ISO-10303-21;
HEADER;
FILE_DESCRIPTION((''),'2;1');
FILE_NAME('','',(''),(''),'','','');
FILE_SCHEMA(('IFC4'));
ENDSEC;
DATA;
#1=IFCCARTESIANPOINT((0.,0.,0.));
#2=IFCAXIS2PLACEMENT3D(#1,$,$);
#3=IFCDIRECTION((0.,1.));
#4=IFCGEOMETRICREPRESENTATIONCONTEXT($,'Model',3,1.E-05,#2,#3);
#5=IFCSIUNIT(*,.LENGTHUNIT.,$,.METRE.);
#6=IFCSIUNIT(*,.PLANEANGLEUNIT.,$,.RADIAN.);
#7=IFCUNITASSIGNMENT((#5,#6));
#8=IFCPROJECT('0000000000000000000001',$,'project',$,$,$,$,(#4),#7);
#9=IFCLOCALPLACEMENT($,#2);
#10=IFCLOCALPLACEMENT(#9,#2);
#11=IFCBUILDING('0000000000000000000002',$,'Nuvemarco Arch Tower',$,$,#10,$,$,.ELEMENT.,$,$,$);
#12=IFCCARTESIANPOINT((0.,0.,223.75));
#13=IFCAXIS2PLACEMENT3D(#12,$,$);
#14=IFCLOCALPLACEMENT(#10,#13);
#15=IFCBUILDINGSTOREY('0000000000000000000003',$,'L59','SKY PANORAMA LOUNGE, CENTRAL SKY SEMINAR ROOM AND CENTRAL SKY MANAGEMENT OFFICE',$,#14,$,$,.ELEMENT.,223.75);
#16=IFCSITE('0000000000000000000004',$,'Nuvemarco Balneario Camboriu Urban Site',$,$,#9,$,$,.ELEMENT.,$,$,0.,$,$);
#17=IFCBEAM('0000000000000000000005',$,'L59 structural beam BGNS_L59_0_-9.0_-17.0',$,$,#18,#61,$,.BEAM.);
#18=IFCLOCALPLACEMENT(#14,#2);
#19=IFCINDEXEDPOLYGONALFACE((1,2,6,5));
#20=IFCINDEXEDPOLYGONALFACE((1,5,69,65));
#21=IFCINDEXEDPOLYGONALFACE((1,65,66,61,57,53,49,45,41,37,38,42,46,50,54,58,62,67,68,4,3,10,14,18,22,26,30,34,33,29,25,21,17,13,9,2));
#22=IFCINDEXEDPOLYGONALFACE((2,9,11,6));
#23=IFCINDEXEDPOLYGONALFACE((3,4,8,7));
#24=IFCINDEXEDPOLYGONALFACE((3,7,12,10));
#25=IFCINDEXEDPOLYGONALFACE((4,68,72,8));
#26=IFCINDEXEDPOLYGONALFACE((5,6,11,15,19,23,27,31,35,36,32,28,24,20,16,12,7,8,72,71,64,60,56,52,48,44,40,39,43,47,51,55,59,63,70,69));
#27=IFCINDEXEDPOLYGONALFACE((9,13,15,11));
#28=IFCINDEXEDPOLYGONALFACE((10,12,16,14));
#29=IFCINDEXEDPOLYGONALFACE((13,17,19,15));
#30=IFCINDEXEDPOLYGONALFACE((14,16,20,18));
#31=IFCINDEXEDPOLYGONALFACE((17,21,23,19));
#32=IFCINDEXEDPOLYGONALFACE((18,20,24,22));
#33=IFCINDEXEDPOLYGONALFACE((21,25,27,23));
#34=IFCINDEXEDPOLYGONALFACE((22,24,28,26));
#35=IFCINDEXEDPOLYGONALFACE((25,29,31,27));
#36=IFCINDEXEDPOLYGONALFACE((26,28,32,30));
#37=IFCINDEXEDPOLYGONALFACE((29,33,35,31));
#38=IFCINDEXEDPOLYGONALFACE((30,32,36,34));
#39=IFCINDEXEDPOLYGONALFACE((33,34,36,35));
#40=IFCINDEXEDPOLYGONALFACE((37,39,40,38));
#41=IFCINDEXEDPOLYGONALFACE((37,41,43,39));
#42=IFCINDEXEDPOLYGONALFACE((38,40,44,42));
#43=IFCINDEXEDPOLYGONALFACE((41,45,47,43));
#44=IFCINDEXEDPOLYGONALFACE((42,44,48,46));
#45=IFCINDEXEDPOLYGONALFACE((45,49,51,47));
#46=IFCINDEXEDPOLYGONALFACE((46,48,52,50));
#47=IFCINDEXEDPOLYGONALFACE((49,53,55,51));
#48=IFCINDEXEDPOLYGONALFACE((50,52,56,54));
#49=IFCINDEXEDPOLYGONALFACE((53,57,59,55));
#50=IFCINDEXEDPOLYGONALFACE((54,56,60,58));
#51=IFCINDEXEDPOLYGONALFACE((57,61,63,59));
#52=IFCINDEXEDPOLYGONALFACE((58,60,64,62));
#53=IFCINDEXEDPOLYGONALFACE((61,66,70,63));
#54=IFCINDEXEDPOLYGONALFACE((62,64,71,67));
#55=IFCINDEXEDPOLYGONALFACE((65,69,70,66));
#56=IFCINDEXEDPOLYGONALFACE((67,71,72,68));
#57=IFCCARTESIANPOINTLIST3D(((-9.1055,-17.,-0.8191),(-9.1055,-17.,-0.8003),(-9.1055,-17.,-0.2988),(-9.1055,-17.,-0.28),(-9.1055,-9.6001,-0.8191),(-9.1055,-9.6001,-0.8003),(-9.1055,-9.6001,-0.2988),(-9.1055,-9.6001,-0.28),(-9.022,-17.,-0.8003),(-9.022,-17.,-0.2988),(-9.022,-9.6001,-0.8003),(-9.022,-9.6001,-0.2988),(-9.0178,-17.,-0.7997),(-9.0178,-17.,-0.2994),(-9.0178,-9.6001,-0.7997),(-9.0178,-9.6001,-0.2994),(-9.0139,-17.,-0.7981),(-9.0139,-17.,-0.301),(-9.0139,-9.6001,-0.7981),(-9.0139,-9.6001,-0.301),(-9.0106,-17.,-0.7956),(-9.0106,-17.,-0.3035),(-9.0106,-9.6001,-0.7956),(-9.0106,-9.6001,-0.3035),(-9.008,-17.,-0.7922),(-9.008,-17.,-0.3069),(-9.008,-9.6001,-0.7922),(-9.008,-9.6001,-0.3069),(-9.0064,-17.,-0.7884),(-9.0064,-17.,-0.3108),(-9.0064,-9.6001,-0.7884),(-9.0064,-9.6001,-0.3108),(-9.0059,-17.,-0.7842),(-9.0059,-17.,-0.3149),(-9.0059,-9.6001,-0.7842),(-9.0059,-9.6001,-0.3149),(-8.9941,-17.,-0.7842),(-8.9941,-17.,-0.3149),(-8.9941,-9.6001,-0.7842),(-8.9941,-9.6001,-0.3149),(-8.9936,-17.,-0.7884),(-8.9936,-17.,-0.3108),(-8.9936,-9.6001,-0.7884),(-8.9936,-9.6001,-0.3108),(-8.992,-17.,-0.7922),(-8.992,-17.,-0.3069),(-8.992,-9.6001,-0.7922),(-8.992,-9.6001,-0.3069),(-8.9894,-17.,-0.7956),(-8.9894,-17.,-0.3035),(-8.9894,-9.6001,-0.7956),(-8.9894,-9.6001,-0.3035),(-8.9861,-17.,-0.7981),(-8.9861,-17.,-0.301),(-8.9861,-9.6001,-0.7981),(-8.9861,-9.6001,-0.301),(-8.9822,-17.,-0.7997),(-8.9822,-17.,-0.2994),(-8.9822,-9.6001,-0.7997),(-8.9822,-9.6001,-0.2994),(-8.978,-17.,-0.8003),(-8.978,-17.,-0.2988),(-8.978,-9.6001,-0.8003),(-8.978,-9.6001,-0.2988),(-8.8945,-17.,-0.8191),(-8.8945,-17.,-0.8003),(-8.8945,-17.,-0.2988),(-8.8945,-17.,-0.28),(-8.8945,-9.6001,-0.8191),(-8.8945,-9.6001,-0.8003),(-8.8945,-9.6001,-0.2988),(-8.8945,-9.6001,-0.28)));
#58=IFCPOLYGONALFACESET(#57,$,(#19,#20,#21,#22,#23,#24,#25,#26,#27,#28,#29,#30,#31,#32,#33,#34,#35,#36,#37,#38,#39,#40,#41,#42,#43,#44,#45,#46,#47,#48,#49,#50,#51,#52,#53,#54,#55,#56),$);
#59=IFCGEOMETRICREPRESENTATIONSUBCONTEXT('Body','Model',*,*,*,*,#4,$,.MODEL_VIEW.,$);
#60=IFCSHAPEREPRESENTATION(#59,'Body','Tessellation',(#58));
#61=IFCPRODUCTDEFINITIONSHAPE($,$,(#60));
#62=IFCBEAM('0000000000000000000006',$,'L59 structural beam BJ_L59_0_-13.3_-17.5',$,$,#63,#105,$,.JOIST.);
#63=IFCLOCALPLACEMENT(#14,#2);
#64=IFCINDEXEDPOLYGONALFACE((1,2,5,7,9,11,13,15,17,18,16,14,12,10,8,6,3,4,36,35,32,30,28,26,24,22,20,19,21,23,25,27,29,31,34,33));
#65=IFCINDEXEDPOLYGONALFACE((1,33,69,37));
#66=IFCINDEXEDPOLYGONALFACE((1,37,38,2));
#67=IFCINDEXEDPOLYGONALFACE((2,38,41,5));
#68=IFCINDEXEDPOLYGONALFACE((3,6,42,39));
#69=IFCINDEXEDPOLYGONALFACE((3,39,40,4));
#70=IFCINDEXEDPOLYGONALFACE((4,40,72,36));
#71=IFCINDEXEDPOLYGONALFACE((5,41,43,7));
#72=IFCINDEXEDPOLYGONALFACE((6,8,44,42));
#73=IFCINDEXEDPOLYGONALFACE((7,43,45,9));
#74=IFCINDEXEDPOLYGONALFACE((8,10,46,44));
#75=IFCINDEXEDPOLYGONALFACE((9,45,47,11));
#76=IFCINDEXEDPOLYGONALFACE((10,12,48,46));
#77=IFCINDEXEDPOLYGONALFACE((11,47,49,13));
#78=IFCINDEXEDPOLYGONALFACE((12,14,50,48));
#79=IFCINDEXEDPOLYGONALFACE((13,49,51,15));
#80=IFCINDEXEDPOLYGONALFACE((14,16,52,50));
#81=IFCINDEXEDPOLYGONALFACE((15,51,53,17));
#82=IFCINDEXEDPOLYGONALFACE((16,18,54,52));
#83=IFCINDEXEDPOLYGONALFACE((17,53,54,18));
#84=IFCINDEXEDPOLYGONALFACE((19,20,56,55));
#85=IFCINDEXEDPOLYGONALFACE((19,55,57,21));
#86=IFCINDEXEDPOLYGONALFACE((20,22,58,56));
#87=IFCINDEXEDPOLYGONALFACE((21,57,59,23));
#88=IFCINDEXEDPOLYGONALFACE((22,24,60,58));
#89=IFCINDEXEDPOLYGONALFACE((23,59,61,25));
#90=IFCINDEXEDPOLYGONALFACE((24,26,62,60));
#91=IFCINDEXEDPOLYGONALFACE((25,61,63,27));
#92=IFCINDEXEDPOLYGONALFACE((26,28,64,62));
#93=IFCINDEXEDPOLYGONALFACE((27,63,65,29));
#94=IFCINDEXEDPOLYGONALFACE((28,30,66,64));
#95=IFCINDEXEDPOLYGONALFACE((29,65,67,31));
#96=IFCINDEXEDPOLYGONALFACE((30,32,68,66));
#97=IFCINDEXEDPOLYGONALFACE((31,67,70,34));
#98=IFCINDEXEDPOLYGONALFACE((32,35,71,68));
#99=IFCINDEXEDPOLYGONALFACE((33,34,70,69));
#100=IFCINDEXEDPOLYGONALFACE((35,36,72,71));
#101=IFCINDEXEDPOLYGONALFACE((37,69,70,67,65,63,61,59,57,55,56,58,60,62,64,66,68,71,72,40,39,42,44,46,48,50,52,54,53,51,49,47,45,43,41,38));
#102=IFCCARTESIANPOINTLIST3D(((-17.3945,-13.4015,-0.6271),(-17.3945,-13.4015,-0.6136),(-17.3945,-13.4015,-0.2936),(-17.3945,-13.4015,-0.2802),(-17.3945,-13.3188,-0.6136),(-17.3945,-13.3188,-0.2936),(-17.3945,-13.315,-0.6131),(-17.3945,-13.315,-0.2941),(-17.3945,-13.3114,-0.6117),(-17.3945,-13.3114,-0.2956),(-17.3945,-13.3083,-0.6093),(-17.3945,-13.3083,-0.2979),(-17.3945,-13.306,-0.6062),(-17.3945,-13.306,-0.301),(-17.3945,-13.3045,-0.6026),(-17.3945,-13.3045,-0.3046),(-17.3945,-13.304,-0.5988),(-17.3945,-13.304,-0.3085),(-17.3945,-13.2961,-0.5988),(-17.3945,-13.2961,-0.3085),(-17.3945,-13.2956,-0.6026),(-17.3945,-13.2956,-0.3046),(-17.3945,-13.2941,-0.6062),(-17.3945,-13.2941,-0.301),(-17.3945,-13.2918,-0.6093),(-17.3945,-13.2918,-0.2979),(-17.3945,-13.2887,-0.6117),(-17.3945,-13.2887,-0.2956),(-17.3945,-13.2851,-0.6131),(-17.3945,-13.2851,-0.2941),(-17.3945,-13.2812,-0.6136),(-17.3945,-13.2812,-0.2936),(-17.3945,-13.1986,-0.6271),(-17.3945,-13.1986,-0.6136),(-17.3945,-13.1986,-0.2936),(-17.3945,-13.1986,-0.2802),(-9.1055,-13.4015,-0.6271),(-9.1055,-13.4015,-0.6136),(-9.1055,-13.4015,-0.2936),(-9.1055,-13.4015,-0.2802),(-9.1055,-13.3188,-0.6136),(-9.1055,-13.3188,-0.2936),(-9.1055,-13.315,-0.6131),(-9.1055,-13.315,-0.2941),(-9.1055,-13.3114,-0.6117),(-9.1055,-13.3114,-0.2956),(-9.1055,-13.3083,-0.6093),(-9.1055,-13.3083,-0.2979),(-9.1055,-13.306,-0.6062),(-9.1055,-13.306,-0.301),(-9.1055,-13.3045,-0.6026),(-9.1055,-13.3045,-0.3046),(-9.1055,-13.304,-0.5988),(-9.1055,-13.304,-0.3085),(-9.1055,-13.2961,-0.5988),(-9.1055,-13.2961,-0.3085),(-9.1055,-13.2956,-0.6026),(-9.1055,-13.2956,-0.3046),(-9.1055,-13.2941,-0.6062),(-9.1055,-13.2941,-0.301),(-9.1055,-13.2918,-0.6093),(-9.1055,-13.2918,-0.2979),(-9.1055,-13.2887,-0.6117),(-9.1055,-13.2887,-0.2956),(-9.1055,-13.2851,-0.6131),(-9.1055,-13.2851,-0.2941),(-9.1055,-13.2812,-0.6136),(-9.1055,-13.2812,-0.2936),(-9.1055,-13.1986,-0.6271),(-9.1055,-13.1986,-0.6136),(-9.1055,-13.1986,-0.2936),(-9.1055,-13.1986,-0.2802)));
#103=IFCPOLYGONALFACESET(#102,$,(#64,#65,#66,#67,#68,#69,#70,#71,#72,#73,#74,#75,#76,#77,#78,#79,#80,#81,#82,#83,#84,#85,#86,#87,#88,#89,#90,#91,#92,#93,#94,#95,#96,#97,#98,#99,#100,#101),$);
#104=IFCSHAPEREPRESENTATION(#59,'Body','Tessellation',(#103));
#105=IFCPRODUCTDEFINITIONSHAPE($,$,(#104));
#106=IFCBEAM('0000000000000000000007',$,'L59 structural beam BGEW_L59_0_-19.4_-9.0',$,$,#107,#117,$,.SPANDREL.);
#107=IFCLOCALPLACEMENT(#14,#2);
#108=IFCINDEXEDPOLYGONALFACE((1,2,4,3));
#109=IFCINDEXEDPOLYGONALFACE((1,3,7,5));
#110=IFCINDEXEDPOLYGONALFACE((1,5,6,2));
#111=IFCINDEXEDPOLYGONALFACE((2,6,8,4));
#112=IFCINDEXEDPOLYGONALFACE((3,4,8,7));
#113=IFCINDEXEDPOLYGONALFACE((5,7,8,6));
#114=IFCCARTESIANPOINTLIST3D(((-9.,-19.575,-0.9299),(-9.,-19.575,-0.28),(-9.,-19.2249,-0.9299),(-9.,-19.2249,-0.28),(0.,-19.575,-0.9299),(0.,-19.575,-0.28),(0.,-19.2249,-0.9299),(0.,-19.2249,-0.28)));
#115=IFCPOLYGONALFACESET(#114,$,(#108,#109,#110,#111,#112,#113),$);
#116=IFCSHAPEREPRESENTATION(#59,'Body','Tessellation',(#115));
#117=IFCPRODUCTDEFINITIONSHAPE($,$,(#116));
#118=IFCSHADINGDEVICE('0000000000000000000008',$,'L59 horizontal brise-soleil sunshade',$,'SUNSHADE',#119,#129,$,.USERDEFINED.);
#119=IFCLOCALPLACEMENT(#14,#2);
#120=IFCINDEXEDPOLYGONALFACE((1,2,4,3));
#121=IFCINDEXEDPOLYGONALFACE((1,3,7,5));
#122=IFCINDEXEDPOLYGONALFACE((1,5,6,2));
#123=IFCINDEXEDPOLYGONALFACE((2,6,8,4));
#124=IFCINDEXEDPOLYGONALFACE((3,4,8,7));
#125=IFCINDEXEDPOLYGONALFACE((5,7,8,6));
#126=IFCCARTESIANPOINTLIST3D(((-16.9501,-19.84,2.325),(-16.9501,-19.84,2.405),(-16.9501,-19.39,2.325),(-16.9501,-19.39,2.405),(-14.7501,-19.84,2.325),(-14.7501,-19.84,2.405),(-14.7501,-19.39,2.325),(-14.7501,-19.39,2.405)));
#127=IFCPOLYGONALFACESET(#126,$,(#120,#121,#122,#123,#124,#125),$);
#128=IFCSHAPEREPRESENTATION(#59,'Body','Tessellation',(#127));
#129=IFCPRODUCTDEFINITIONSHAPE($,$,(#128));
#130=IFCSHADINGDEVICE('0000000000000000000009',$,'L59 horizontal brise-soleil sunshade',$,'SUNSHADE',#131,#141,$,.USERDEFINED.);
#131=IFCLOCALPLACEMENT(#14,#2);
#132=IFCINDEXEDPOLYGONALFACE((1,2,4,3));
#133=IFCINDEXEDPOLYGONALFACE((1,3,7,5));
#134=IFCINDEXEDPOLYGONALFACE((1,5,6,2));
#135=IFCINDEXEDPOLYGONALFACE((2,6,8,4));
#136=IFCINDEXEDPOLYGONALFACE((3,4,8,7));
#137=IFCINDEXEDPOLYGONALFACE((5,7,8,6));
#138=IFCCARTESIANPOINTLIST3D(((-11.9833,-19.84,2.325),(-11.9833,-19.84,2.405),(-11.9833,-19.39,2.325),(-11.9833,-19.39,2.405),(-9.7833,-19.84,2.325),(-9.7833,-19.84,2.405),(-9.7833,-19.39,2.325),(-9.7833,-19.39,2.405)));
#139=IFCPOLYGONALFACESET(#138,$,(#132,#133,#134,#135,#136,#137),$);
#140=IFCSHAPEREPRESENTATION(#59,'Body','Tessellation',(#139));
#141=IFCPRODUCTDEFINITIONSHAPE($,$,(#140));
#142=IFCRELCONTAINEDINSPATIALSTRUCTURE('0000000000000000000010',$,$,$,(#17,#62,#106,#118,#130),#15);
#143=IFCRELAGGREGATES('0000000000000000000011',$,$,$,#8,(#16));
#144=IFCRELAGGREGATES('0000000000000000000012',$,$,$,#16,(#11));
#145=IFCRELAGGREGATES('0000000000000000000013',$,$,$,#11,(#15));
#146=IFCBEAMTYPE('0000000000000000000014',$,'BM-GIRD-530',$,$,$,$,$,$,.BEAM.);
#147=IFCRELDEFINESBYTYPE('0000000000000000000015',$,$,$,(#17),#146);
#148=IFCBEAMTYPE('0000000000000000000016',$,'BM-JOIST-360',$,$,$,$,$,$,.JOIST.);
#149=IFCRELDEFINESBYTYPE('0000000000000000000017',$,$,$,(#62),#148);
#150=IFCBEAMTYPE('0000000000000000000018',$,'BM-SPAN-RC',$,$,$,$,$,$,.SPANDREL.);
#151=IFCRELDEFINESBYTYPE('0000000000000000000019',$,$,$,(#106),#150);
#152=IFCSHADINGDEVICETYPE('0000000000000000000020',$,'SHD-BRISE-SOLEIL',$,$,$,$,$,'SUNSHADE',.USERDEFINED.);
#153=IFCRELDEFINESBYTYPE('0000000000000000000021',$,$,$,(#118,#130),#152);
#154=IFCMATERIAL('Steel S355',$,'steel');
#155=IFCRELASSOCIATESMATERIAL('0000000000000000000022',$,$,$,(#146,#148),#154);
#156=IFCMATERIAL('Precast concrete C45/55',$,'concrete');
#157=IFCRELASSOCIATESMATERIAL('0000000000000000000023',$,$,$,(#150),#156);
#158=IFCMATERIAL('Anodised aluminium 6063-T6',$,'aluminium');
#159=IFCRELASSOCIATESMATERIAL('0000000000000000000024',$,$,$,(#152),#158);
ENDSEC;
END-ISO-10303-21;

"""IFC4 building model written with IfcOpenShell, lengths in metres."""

from ifc_helpers import new_model, si_unit, direction, frame, origin, origin_2d, place, context, subcontext, project, spatial, rectangle, i_section, extrude, source, transform, mapped, material, material_profile, profile_set, type_object, type_shapes, element, save


model = new_model("IFC4")

# Units and contexts
model_context = context("Model", 3, precision=1e-05, world=origin(), true_north=direction((0.0, 1.0)))
body_context = subcontext(model_context, "Body", "Model", "MODEL_VIEW")
ifc_project = project(units=[si_unit("LENGTHUNIT", "METRE"), si_unit("PLANEANGLEUNIT", "RADIAN")], contexts=[model_context])

# Site, building, storey
site_placement = place(None, origin())
site = spatial("IfcSite", under=ifc_project, at=site_placement, Name="Nuvemarco Balneario Camboriu Urban Site", CompositionType="ELEMENT", RefElevation=0.0)
building_placement = place(site_placement, origin())
building = spatial("IfcBuilding", under=site, at=building_placement, Name="Nuvemarco Arch Tower", CompositionType="ELEMENT")
storey_placement = place(building_placement, frame((0.0, 0.0, 223.75)))
storey = spatial("IfcBuildingStorey", under=building, at=storey_placement, Name="L59", Description="SKY PANORAMA LOUNGE, CENTRAL SKY SEMINAR ROOM AND CENTRAL SKY MANAGEMENT OFFICE", CompositionType="ELEMENT", Elevation=223.75)

# Shared definitions
ifc_material_1 = material(Name="Steel S355", Category="steel")

# Beams
ifc_material_profile_1 = material_profile(ifc_material_1, i_section(OverallWidth=0.2109, OverallDepth=0.5391, WebThickness=0.0117, FlangeThickness=0.0188, FilletRadius=0.0161, at=origin_2d()), Name="W530x109")
ifc_profile_set_1 = profile_set([ifc_material_profile_1], Name="Steel S355")
beam_type_1 = type_object("IfcBeamType", Name="BM-GIRD-530", PredefinedType="BEAM", material=ifc_profile_set_1)
beam_1_placement = place(storey_placement, frame((-9.0, -17.0, -0.5496), z_axis=(0.0, 1.0, 0.0), x_axis=(-1.0, 0.0, 0.0)))
element("IfcBeam", 1, at=beam_1_placement, inside=storey, type_object=beam_type_1, Name="L59 structural beam BGNS_L59_0_-9.0_-17.0", PredefinedType="BEAM", context=body_context, shape_type="SweptSolid", body=[
    extrude(i_section(OverallWidth=0.2109, OverallDepth=0.5391, WebThickness=0.0117, FlangeThickness=0.0188, FilletRadius=0.0161, at=origin_2d()), origin(), (0.0, 0.0, 1.0), 7.3999),
])
ifc_material_profile_2 = material_profile(ifc_material_1, i_section(OverallWidth=0.2029, OverallDepth=0.3469, WebThickness=0.0078, FlangeThickness=0.0134, FilletRadius=0.0149, at=origin_2d()), Name="W360x64")
ifc_profile_set_2 = profile_set([ifc_material_profile_2], Name="Steel S355")
beam_type_2 = type_object("IfcBeamType", Name="BM-JOIST-360", PredefinedType="JOIST", material=ifc_profile_set_2)
beam_2_placement = place(storey_placement, frame((-17.3945, -13.3, -0.4536), z_axis=(1.0, 0.0, 0.0), x_axis=(0.0, 1.0, 0.0)))
element("IfcBeam", 2, at=beam_2_placement, inside=storey, type_object=beam_type_2, Name="L59 structural beam BJ_L59_0_-13.3_-17.5", PredefinedType="JOIST", context=body_context, shape_type="SweptSolid", body=[
    extrude(i_section(OverallWidth=0.2029, OverallDepth=0.3469, WebThickness=0.0078, FlangeThickness=0.0134, FilletRadius=0.0149, at=origin_2d()), origin(), (0.0, 0.0, 1.0), 8.2891),
])
ifc_material_2 = material(Name="Precast concrete C45/55", Category="concrete")
ifc_material_profile_3 = material_profile(ifc_material_2, rectangle(XDim=0.3501, YDim=0.6499, at=origin_2d()), Name="PC-SP-350x650")
ifc_profile_set_3 = profile_set([ifc_material_profile_3], Name="Precast concrete C45/55")
beam_type_3 = type_object("IfcBeamType", Name="BM-SPAN-RC", PredefinedType="SPANDREL", material=ifc_profile_set_3)
beam_3_placement = place(storey_placement, frame((-9.0, -19.3999, -0.605), z_axis=(1.0, 0.0, 0.0), x_axis=(0.0, 1.0, 0.0)))
element("IfcBeam", 3, at=beam_3_placement, inside=storey, type_object=beam_type_3, Name="L59 structural beam BGEW_L59_0_-19.4_-9.0", PredefinedType="SPANDREL", context=body_context, shape_type="SweptSolid", body=[
    extrude(rectangle(XDim=0.3501, YDim=0.6499, at=origin_2d()), origin(), (0.0, 0.0, 1.0), 9.0),
])

# Shading devices
ifc_material_3 = material(Name="Anodised aluminium 6063-T6", Category="aluminium")
shading_device_type = type_object("IfcShadingDeviceType", Name="SHD-BRISE-SOLEIL", ElementType="SUNSHADE", PredefinedType="USERDEFINED", material=ifc_material_3)
shared_shape = source(origin(), body_context, "Body", "SweptSolid", [
    extrude(rectangle(XDim=2.2, YDim=0.45, at=origin_2d()), origin(), (0.0, 0.0, 1.0), 0.0801),
])
type_shapes(shading_device_type, [shared_shape])
for number, where, z_axis, x_axis, name in (
    (4, (-15.8501, -19.615, 2.325), (0.0, 0.0, 1.0), (1.0, 0.0, 0.0), "L59 horizontal brise-soleil sunshade"),
    (5, (-10.8833, -19.615, 2.325), (0.0, 0.0, 1.0), (1.0, 0.0, 0.0), "L59 horizontal brise-soleil sunshade"),
):
    element("IfcShadingDevice", number, at=place(storey_placement, frame(where, z_axis=z_axis, x_axis=x_axis)), inside=storey, type_object=shading_device_type, Name=name, ObjectType="SUNSHADE", PredefinedType="USERDEFINED", context=body_context, shape_type="MappedRepresentation", body=[
        mapped(shared_shape, transform((0.0, 0.0, 0.0), scale=1.0)),
    ])

save(model, "model.ifc")
